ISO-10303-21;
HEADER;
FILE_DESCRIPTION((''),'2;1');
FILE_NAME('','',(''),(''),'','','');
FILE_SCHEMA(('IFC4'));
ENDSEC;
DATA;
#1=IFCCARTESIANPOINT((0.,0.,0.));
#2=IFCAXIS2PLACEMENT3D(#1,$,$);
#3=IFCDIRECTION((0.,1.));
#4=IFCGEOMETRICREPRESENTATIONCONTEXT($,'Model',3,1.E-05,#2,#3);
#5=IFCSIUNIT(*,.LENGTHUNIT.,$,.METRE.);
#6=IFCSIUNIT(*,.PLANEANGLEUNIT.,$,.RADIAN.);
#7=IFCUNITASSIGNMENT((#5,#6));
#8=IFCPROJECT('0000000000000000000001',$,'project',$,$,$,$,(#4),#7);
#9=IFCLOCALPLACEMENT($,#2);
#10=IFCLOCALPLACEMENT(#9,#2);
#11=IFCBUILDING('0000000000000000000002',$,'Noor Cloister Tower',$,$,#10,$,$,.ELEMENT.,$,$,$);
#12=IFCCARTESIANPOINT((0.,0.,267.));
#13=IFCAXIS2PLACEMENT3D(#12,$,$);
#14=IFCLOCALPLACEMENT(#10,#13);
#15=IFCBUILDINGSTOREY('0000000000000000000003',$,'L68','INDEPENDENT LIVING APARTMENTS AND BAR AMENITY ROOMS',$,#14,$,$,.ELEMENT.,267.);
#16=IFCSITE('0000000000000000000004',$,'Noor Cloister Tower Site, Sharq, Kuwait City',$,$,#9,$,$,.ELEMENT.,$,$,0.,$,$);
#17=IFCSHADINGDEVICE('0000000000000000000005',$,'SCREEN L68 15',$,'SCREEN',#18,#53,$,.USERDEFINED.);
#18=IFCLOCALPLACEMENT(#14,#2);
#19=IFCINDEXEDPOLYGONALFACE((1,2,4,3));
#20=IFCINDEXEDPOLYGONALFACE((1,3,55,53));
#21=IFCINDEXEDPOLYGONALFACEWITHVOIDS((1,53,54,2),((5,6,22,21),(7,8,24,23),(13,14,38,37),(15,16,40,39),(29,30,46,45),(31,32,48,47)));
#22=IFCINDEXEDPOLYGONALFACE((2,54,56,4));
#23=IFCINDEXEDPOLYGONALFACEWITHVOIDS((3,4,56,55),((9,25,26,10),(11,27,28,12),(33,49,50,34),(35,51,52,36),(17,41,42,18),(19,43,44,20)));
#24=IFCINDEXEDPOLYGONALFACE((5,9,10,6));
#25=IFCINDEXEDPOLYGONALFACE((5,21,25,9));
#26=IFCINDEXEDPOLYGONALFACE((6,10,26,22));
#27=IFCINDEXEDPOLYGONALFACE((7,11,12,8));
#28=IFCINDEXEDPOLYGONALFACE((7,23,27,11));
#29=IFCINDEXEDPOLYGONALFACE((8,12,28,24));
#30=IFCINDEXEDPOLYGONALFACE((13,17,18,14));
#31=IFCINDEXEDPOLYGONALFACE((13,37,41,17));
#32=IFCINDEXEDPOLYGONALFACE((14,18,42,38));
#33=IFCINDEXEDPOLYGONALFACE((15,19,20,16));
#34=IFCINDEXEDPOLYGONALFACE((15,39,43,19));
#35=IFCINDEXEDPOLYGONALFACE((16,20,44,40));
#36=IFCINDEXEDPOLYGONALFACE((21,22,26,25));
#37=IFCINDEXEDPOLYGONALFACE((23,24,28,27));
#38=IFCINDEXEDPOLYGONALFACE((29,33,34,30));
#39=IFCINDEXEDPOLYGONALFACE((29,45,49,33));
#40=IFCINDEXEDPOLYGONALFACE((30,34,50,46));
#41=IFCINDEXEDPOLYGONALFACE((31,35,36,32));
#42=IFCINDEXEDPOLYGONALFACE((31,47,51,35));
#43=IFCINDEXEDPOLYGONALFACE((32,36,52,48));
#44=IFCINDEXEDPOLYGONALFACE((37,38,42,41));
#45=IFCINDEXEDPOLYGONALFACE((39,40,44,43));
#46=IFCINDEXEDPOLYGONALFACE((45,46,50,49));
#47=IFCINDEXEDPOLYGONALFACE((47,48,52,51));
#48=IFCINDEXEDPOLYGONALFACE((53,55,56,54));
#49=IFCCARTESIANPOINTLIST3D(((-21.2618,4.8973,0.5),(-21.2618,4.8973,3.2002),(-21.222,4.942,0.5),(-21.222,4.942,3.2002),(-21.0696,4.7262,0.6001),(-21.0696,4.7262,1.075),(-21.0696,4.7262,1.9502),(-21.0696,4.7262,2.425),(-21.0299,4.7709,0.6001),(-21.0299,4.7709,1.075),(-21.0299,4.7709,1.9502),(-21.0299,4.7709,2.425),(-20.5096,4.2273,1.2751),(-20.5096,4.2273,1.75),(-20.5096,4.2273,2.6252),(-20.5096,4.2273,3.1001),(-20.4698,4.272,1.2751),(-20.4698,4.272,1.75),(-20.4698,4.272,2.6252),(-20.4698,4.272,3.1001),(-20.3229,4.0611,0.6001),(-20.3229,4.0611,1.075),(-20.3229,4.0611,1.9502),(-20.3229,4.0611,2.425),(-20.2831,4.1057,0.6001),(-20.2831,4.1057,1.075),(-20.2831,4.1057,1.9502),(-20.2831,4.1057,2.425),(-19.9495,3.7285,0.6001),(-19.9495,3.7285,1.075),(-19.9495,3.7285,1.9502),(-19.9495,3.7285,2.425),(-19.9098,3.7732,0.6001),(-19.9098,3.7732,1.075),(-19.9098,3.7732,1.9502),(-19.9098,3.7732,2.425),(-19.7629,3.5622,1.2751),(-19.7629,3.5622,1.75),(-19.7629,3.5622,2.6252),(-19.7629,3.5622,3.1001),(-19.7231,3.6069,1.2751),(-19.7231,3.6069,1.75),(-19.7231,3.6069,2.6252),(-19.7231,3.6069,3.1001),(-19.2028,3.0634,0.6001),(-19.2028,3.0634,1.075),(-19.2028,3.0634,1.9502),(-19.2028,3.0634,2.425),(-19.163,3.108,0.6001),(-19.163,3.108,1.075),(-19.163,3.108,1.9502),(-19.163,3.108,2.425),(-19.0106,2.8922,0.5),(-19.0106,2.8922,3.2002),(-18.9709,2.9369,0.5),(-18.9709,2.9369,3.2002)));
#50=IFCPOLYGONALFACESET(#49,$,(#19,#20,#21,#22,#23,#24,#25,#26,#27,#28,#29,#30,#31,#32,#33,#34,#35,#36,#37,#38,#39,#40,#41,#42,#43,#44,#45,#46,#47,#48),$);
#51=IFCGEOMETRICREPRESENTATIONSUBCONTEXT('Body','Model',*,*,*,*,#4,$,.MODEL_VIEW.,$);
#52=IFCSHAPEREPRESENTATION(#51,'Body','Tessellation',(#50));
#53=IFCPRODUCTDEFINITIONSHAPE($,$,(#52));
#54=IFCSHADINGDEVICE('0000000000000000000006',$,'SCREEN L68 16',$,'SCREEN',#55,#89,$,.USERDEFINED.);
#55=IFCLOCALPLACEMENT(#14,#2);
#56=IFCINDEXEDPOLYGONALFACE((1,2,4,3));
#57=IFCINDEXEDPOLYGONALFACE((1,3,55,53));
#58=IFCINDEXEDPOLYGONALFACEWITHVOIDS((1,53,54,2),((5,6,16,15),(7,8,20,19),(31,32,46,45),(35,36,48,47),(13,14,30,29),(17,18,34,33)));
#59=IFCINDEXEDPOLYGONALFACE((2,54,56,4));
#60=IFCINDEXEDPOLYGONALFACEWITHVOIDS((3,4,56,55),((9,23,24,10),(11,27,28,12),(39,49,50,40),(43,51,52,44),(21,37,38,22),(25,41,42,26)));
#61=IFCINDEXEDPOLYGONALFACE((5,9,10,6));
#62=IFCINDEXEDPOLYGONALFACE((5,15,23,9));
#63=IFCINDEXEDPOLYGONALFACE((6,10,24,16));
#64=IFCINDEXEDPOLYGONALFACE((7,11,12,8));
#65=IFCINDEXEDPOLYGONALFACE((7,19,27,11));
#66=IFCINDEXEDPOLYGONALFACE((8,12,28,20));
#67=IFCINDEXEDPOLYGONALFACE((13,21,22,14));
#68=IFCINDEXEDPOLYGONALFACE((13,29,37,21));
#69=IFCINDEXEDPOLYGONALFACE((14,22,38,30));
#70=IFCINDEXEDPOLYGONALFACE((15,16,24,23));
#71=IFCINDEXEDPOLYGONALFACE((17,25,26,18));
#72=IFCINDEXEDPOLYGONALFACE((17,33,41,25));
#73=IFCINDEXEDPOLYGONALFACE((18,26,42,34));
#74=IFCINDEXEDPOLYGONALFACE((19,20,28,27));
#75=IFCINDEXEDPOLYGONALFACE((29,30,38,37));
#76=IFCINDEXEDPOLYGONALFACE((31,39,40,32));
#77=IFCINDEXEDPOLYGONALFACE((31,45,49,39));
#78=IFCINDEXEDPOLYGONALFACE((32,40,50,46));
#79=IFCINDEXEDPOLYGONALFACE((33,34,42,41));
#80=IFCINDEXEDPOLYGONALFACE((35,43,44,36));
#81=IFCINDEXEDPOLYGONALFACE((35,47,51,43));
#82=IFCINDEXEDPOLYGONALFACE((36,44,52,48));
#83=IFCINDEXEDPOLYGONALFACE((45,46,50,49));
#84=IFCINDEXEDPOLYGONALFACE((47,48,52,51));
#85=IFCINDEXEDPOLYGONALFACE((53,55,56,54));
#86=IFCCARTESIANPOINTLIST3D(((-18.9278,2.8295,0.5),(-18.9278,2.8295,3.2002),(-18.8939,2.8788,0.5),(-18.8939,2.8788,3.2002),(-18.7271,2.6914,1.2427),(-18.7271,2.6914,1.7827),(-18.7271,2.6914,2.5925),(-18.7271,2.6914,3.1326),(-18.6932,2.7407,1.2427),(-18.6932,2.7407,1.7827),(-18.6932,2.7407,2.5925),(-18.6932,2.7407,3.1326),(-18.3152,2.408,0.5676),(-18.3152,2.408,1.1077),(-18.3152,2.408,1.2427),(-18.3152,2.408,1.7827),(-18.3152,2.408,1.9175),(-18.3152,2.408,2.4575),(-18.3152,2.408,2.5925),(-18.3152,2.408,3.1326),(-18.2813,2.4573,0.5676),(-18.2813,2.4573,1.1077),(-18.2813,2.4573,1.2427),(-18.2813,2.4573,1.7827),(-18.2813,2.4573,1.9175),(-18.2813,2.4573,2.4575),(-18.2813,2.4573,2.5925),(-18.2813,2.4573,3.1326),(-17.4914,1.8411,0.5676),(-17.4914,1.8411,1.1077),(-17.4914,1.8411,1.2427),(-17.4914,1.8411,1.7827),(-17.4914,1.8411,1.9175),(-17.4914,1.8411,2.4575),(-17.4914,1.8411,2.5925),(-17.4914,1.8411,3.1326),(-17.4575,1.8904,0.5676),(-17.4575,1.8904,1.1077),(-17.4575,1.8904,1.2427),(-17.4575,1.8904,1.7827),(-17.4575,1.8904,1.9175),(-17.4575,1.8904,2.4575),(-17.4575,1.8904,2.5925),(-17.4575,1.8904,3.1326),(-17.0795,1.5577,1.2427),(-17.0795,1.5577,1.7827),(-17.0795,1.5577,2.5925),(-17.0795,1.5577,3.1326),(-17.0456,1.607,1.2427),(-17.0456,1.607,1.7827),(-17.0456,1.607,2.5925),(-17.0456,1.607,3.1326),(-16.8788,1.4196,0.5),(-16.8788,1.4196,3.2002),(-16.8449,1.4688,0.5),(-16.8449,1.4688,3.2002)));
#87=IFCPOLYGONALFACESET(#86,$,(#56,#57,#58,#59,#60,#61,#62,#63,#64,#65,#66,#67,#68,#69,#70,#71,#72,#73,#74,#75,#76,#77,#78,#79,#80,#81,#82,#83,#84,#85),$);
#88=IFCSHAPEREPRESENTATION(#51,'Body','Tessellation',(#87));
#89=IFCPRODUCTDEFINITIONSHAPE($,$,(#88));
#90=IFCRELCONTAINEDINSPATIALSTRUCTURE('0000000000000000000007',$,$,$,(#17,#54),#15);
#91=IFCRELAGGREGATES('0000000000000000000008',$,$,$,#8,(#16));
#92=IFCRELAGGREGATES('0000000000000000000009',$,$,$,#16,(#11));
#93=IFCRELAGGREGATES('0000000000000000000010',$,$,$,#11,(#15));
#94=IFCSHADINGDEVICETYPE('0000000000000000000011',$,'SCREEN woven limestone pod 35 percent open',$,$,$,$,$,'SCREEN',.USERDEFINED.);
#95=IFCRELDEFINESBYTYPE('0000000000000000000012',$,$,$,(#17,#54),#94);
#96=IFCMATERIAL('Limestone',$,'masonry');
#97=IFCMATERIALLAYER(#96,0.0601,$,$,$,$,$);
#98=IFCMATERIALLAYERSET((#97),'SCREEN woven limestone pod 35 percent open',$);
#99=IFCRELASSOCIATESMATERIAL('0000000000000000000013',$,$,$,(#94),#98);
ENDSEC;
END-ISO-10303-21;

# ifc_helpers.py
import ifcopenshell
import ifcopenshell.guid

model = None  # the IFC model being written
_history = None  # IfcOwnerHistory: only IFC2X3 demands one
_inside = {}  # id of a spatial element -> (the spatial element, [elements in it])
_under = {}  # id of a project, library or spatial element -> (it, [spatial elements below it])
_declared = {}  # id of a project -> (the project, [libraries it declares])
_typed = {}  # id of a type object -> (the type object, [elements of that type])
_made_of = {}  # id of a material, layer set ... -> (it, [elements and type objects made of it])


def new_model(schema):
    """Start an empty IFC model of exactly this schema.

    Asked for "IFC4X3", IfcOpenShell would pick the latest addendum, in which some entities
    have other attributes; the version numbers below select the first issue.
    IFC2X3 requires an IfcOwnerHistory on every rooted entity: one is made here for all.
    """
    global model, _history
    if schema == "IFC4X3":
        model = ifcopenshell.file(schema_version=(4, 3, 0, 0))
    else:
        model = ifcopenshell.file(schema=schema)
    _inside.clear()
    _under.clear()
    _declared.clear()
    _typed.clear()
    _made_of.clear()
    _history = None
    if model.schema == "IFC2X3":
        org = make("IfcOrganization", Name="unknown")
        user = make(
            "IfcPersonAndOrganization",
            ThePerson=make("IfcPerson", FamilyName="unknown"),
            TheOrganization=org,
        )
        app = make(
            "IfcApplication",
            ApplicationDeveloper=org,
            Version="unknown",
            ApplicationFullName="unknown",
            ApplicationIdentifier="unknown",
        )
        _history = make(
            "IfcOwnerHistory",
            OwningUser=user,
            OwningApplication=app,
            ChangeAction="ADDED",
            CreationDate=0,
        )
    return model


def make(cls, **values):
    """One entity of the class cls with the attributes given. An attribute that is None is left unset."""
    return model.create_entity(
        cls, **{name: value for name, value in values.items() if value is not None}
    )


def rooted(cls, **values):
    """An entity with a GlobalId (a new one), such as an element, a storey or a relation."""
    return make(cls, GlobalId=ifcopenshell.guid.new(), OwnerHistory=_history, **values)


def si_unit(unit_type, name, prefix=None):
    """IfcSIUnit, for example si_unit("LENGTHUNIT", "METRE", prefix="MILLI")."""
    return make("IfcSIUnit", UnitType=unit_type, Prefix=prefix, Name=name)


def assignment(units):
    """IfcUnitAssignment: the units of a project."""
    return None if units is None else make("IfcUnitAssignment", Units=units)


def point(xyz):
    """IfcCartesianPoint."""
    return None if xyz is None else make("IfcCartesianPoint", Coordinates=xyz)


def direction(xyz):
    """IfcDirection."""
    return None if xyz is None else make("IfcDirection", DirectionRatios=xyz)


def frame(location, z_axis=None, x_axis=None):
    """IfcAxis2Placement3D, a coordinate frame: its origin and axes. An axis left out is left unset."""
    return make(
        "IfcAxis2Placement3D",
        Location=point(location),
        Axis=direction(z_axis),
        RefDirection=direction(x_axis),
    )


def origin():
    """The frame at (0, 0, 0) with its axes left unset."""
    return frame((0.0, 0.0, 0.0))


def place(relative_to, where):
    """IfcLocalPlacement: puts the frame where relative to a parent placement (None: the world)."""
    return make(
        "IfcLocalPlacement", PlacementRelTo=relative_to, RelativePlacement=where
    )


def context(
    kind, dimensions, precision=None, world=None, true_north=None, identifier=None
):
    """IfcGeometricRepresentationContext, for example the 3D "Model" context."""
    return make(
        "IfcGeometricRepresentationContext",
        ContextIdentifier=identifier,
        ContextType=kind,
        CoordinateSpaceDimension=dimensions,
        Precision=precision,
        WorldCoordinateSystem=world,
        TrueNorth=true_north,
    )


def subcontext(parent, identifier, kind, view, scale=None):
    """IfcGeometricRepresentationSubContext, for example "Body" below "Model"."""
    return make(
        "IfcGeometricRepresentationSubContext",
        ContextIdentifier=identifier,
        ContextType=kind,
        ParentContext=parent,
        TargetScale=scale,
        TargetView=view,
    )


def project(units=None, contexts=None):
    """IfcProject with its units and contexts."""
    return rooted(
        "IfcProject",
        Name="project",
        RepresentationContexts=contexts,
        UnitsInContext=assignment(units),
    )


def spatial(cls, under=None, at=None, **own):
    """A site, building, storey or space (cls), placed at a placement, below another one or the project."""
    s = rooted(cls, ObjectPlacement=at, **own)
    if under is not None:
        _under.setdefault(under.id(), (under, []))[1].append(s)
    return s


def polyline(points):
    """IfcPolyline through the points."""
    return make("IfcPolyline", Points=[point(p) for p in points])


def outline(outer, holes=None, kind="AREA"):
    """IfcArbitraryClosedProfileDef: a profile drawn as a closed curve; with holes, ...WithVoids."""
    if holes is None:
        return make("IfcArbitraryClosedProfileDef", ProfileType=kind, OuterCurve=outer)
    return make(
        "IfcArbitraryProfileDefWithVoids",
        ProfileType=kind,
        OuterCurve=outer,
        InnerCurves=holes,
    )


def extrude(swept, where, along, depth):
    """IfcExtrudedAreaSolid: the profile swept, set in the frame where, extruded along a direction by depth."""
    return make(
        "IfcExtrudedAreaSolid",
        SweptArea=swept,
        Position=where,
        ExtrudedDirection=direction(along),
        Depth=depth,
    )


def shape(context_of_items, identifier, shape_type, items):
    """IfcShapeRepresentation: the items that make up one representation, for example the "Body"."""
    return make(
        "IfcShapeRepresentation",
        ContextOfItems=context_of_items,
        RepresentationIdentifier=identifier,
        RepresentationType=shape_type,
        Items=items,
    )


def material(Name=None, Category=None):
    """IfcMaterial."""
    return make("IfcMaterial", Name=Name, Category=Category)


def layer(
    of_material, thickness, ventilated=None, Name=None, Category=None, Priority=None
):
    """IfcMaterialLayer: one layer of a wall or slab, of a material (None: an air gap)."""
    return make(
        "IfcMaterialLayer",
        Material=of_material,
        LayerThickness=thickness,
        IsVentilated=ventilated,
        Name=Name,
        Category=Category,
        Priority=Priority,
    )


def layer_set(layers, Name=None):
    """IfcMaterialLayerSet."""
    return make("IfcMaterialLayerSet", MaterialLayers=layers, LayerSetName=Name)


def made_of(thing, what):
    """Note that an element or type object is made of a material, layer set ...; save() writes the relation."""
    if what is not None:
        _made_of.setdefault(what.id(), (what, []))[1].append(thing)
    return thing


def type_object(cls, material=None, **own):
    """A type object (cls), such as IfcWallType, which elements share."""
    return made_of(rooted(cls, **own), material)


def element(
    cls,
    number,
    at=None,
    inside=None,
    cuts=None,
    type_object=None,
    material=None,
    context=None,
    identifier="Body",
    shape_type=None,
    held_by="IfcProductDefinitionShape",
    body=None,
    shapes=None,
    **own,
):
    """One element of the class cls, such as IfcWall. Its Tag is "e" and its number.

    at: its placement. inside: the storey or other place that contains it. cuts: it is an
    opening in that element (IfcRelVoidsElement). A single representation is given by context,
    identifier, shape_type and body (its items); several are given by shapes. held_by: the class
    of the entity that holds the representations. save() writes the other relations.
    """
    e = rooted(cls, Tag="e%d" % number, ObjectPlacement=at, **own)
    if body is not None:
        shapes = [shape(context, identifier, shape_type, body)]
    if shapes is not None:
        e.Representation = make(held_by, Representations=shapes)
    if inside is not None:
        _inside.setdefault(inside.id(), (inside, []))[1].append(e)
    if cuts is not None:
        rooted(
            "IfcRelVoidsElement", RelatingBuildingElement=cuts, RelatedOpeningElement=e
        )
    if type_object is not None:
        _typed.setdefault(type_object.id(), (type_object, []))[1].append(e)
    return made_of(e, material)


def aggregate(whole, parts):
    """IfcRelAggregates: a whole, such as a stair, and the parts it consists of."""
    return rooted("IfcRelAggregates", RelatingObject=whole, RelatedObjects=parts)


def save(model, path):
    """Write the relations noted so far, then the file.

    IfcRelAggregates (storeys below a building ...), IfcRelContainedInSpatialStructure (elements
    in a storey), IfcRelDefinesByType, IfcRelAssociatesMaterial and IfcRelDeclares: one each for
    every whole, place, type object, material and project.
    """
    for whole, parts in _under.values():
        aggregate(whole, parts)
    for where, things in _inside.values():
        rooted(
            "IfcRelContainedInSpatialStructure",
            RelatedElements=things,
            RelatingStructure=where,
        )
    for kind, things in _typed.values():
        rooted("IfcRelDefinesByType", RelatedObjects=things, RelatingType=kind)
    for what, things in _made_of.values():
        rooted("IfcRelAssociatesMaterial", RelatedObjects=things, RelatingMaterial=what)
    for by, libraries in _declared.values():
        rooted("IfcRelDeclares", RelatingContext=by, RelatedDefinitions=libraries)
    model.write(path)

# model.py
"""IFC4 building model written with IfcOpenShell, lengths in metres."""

from ifc_helpers import new_model, si_unit, direction, frame, origin, place, context, subcontext, project, spatial, polyline, outline, extrude, material, layer, layer_set, type_object, element, save


model = new_model("IFC4")

# Units and contexts
model_context = context("Model", 3, precision=1e-05, world=origin(), true_north=direction((0.0, 1.0)))
body_context = subcontext(model_context, "Body", "Model", "MODEL_VIEW")
ifc_project = project(units=[si_unit("LENGTHUNIT", "METRE"), si_unit("PLANEANGLEUNIT", "RADIAN")], contexts=[model_context])

# Site, building, storey
site_placement = place(None, origin())
site = spatial("IfcSite", under=ifc_project, at=site_placement, Name="Noor Cloister Tower Site, Sharq, Kuwait City", CompositionType="ELEMENT", RefElevation=0.0)
building_placement = place(site_placement, origin())
building = spatial("IfcBuilding", under=site, at=building_placement, Name="Noor Cloister Tower", CompositionType="ELEMENT")
storey_placement = place(building_placement, frame((0.0, 0.0, 267.0)))
storey = spatial("IfcBuildingStorey", under=building, at=storey_placement, Name="L68", Description="INDEPENDENT LIVING APARTMENTS AND BAR AMENITY ROOMS", CompositionType="ELEMENT", Elevation=267.0)

# Shading devices
ifc_material_1 = material(Name="Limestone", Category="masonry")
ifc_layer_1 = layer(ifc_material_1, 0.0601)
ifc_layer_set_1 = layer_set([ifc_layer_1], Name="SCREEN woven limestone pod 35 percent open")
shading_device_type = type_object("IfcShadingDeviceType", Name="SCREEN woven limestone pod 35 percent open", ElementType="SCREEN", PredefinedType="USERDEFINED", material=ifc_layer_set_1)
shading_device_1_placement = place(storey_placement, frame((-20.0964, 3.9395, 1.8501), z_axis=(-0.665123, -0.746734, 0.0), x_axis=(0.746734, -0.665123, 0.0)))
element("IfcShadingDevice", 1, at=shading_device_1_placement, inside=storey, type_object=shading_device_type, Name="SCREEN L68 15", ObjectType="SCREEN", PredefinedType="USERDEFINED", context=body_context, shape_type="SweptSolid", body=[
    extrude(outline(polyline([(-1.5073, -1.3501), (1.5073, -1.3501), (1.5073, 1.3501), (-1.5073, 1.3501), (-1.5073, -1.3501)]), holes=[polyline([(-1.25, -1.25), (-0.25, -1.25), (-0.25, -0.7751), (-1.25, -0.7751), (-1.25, -1.25)]), polyline([(0.25, -1.25), (1.25, -1.25), (1.25, -0.7751), (0.25, -0.7751), (0.25, -1.25)]), polyline([(-0.5, -0.575), (0.5, -0.575), (0.5, -0.1001), (-0.5, -0.1001), (-0.5, -0.575)]), polyline([(-1.25, 0.1001), (-0.25, 0.1001), (-0.25, 0.575), (-1.25, 0.575), (-1.25, 0.1001)]), polyline([(0.25, 0.1001), (1.25, 0.1001), (1.25, 0.575), (0.25, 0.575), (0.25, 0.1001)]), polyline([(-0.5, 0.7751), (0.5, 0.7751), (0.5, 1.25), (-0.5, 1.25), (-0.5, 0.7751)])]), origin(), (0.0, 0.0, 1.0), 0.0598),
])
shading_device_2_placement = place(storey_placement, frame((-17.8694, 2.1738, 1.8501), z_axis=(-0.566875, -0.823804, 0.0), x_axis=(0.823804, -0.566875, 0.0)))
element("IfcShadingDevice", 2, at=shading_device_2_placement, inside=storey, type_object=shading_device_type, Name="SCREEN L68 16", ObjectType="SCREEN", PredefinedType="USERDEFINED", context=body_context, shape_type="SweptSolid", body=[
    extrude(outline(polyline([(-1.2437, -1.3501), (1.2437, -1.3501), (1.2437, 1.3501), (-1.2437, 1.3501), (-1.2437, -1.3501)]), holes=[polyline([(-0.5, -1.2825), (0.5, -1.2825), (0.5, -0.7424), (-0.5, -0.7424), (-0.5, -1.2825)]), polyline([(-1.0, -0.6074), (-0.5, -0.6074), (-0.5, -0.0674), (-1.0, -0.0674), (-1.0, -0.6074)]), polyline([(0.5, -0.6074), (1.0, -0.6074), (1.0, -0.0674), (0.5, -0.0674), (0.5, -0.6074)]), polyline([(-0.5, 0.0674), (0.5, 0.0674), (0.5, 0.6074), (-0.5, 0.6074), (-0.5, 0.0674)]), polyline([(-1.0, 0.7424), (-0.5, 0.7424), (-0.5, 1.2825), (-1.0, 1.2825), (-1.0, 0.7424)]), polyline([(0.5, 0.7424), (1.0, 0.7424), (1.0, 1.2825), (0.5, 1.2825), (0.5, 0.7424)])]), origin(), (0.0, 0.0, 1.0), 0.0598),
])

save(model, "model.ifc")
